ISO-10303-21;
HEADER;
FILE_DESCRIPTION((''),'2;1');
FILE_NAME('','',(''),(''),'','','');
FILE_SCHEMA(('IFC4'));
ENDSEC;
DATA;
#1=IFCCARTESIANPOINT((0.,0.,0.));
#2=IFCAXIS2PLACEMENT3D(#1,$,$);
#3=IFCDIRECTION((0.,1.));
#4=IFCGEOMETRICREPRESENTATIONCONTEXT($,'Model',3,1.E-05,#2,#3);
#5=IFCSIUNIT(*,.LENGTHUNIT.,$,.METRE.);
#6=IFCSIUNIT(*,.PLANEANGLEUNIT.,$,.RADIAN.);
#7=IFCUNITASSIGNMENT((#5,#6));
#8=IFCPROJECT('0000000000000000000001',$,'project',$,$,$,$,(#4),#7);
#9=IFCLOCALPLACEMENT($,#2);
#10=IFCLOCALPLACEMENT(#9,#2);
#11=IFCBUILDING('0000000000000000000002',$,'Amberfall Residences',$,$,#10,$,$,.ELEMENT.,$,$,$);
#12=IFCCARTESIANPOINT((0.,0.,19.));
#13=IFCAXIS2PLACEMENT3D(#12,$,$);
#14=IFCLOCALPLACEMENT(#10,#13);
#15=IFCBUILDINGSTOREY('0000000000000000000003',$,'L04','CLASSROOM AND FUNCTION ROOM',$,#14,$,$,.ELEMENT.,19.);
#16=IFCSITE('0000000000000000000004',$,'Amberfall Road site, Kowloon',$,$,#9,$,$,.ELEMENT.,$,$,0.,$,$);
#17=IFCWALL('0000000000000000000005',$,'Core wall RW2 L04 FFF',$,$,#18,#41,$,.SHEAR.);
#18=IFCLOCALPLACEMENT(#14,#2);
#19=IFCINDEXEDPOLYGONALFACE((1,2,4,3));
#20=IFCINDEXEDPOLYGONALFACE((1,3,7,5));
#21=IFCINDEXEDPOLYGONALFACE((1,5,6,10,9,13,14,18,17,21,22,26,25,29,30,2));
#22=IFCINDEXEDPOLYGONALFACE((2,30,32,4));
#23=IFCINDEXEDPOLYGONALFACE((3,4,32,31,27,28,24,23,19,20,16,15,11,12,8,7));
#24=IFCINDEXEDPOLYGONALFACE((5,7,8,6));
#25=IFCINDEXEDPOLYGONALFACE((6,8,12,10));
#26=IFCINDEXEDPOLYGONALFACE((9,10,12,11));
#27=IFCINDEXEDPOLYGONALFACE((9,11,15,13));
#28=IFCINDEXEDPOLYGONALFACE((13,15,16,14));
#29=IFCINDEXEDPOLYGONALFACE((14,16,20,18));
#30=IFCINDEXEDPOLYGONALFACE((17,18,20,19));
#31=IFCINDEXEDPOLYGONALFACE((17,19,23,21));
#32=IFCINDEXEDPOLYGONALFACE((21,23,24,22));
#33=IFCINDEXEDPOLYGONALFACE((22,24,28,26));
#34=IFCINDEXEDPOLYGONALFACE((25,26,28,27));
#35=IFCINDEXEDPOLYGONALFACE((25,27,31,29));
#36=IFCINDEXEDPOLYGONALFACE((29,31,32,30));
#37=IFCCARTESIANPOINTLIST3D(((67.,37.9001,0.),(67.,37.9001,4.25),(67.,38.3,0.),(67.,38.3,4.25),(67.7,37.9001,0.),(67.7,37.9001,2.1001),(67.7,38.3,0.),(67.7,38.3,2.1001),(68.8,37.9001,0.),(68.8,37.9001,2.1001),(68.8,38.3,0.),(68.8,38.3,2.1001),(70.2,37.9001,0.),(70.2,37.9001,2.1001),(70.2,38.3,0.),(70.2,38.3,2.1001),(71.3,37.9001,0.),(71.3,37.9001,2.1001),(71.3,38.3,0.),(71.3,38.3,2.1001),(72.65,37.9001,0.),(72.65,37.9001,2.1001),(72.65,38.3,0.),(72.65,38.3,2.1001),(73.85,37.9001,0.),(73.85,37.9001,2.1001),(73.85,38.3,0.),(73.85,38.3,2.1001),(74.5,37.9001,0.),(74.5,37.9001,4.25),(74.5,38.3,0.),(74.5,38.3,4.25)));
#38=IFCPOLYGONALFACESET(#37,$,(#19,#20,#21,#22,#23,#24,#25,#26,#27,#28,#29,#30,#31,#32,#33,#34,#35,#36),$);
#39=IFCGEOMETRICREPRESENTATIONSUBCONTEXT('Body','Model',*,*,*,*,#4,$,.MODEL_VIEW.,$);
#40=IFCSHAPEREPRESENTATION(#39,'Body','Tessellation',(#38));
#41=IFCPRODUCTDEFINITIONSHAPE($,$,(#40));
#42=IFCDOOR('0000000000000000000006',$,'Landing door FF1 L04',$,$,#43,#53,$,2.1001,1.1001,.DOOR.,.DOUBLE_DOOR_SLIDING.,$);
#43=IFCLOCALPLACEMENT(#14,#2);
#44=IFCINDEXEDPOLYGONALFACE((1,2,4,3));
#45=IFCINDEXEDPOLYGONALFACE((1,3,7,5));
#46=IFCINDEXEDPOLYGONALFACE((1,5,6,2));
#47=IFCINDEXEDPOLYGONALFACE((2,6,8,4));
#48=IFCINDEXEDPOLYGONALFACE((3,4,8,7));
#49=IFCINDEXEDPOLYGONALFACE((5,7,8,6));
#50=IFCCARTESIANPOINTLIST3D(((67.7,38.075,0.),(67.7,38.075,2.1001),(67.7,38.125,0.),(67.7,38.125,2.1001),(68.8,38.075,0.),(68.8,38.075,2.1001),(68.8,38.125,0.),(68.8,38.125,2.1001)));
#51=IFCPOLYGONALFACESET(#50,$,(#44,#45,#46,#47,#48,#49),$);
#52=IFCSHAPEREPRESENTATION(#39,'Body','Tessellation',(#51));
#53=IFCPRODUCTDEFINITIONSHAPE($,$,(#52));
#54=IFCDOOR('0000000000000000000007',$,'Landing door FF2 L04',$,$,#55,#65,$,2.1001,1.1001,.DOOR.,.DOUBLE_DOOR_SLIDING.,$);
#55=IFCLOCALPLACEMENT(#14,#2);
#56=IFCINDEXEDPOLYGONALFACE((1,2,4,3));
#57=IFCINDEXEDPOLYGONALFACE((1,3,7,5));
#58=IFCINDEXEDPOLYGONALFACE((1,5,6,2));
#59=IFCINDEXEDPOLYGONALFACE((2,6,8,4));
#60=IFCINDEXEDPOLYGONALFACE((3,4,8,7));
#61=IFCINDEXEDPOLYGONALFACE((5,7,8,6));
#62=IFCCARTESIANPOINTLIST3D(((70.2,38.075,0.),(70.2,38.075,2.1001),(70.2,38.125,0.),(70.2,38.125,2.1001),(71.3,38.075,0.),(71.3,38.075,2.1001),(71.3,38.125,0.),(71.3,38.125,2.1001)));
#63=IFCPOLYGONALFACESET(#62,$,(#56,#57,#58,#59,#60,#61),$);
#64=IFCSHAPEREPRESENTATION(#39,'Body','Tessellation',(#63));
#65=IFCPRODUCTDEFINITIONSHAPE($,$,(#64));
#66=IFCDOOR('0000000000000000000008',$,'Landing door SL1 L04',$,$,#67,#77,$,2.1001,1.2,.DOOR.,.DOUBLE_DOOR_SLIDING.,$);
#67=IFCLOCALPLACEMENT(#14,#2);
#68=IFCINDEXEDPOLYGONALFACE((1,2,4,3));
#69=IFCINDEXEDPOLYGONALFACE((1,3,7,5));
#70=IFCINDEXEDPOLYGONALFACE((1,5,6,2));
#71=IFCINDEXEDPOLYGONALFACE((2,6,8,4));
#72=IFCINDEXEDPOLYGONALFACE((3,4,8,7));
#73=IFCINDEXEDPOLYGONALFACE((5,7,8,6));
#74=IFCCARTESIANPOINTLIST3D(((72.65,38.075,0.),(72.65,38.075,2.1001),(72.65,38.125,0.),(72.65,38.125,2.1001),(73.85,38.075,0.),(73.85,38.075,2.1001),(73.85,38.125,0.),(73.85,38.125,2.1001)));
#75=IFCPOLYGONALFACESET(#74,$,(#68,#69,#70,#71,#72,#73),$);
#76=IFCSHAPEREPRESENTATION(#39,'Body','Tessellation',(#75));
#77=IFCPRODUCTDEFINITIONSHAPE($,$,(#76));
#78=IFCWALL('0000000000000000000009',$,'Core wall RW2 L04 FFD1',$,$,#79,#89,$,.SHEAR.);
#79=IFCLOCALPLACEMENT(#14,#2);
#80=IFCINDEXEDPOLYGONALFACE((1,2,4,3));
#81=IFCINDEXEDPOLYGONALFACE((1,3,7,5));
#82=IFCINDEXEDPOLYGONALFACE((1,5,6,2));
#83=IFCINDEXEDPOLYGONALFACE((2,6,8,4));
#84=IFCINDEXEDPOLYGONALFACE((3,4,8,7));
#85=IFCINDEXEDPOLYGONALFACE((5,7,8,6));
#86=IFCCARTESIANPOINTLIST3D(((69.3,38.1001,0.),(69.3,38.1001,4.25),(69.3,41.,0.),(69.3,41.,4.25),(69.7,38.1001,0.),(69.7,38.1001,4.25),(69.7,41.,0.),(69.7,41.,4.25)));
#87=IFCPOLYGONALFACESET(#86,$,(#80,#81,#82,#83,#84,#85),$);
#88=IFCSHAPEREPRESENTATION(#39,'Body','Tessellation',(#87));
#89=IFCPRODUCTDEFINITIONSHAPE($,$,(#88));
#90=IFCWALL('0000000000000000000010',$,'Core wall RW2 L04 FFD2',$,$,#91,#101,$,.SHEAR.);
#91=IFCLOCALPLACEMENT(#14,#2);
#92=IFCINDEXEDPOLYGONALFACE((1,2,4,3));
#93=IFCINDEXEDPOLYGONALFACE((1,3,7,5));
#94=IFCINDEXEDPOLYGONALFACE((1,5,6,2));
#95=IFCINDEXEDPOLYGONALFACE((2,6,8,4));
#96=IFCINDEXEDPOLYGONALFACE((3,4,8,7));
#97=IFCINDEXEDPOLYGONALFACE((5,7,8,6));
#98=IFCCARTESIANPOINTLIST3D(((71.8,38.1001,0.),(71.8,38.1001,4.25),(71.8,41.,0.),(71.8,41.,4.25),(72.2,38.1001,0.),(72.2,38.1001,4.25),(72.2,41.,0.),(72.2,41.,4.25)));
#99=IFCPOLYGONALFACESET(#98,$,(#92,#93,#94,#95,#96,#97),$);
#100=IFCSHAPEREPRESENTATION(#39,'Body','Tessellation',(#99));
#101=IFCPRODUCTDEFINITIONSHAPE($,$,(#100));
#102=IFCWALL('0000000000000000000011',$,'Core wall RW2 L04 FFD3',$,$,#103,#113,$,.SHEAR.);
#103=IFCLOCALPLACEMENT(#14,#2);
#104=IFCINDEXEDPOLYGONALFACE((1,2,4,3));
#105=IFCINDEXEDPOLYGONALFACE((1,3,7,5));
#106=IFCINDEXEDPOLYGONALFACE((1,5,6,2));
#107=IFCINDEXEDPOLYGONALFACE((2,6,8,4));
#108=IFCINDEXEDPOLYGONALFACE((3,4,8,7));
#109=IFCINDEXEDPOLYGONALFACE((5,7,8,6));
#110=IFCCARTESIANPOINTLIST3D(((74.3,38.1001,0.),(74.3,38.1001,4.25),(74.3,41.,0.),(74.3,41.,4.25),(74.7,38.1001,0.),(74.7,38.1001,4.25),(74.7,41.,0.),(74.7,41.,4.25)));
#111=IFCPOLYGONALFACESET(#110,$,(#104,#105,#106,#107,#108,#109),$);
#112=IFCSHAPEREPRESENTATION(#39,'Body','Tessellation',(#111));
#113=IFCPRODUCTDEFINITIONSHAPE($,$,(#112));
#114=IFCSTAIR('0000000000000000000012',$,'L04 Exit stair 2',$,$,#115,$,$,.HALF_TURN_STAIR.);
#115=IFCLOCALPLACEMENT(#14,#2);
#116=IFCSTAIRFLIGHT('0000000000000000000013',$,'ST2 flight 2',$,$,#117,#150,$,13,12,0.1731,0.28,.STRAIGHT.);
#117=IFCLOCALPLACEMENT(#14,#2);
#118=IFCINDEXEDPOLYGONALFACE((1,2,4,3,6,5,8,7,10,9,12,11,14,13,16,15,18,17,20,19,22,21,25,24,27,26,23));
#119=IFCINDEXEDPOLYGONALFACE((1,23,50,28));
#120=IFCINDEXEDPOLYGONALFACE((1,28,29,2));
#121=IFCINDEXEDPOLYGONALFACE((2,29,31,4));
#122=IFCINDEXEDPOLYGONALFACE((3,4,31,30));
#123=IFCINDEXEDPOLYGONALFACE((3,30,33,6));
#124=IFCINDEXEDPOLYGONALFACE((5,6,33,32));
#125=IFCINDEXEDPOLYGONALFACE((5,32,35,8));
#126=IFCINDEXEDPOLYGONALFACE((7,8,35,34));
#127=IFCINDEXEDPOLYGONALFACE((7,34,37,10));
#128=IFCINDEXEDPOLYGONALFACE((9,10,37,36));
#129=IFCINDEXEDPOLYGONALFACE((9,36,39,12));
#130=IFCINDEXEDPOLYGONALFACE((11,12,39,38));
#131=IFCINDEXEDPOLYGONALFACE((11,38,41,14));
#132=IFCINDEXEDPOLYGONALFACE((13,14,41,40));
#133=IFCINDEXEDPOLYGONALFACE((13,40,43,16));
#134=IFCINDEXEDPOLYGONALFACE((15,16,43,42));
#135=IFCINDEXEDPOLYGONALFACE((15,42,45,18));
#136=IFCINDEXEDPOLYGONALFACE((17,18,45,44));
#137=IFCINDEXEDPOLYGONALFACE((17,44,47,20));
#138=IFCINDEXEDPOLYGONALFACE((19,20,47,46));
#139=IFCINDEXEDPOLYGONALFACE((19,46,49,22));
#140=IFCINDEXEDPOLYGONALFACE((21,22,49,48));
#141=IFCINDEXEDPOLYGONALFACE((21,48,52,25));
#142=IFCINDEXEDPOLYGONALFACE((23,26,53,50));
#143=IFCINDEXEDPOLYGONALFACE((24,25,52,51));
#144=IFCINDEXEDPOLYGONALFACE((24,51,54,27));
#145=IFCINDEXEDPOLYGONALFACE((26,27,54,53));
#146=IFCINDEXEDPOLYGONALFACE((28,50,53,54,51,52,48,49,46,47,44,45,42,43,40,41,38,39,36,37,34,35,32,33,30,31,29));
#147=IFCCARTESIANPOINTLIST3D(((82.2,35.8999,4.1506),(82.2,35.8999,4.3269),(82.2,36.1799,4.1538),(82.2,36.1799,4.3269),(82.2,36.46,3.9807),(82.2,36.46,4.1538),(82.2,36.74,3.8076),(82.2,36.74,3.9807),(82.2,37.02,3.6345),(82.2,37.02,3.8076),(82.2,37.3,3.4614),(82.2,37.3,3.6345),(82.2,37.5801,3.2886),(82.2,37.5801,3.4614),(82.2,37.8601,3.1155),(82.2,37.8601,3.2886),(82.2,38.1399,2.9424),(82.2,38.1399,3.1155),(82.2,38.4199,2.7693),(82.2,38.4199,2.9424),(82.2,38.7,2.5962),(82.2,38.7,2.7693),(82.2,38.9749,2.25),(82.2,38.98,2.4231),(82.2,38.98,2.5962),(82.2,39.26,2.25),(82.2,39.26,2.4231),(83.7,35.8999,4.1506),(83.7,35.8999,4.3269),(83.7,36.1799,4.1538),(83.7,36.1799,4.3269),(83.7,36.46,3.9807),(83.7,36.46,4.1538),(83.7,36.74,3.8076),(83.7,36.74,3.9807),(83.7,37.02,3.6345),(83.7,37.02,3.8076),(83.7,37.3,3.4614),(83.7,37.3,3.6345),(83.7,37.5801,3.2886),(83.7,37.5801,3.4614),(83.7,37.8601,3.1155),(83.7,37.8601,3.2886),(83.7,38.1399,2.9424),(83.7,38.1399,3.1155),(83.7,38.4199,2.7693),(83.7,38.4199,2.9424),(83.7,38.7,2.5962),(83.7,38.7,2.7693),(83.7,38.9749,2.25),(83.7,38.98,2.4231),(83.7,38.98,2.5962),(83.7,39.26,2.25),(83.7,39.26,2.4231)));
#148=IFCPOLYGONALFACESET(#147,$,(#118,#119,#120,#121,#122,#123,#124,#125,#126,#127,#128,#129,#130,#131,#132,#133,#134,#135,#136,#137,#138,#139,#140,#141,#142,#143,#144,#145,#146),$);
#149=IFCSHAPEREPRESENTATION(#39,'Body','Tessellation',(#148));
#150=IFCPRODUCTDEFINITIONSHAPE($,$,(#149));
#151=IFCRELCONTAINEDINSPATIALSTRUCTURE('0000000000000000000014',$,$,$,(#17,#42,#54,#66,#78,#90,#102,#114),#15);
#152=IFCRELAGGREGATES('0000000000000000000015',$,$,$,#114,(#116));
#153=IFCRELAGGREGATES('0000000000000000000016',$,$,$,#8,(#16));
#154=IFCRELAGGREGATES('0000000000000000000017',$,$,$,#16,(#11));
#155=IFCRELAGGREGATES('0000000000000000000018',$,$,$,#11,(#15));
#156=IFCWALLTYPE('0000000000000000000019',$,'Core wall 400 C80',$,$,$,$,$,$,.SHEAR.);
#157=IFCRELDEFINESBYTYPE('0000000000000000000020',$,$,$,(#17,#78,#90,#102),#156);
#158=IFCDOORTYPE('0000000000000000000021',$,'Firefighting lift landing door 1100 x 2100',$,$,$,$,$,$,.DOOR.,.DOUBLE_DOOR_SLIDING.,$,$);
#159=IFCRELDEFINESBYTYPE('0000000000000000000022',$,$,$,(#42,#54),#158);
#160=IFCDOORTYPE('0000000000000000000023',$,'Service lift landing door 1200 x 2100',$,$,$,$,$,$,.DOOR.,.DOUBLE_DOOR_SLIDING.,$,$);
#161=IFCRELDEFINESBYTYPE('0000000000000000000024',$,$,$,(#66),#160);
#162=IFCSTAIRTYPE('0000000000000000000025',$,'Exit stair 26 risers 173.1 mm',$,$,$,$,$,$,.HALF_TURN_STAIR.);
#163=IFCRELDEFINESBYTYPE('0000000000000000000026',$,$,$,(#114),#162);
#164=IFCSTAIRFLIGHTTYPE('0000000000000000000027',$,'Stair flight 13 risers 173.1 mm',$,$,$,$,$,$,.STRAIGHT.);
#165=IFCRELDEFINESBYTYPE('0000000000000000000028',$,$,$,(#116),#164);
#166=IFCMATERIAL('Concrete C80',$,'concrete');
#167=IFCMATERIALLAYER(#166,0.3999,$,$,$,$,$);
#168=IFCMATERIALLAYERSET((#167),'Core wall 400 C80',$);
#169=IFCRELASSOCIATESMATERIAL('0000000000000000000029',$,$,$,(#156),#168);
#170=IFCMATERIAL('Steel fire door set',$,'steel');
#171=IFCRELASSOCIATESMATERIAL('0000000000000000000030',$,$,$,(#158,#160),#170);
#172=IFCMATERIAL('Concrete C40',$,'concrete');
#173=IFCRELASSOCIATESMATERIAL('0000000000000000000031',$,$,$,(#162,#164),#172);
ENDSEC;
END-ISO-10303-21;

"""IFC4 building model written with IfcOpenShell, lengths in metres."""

from ifc_helpers import new_model, si_unit, direction, frame, frame_2d, origin, place, context, subcontext, project, spatial, polyline, rectangle, outline, extrude, material, layer, layer_set, type_object, element, fill, aggregate, save


model = new_model("IFC4")

# Units and contexts
model_context = context("Model", 3, precision=1e-05, world=origin(), true_north=direction((0.0, 1.0)))
body_context = subcontext(model_context, "Body", "Model", "MODEL_VIEW")
ifc_project = project(units=[si_unit("LENGTHUNIT", "METRE"), si_unit("PLANEANGLEUNIT", "RADIAN")], contexts=[model_context])

# Site, building, storey
site_placement = place(None, origin())
site = spatial("IfcSite", under=ifc_project, at=site_placement, Name="Amberfall Road site, Kowloon", CompositionType="ELEMENT", RefElevation=0.0)
building_placement = place(site_placement, origin())
building = spatial("IfcBuilding", under=site, at=building_placement, Name="Amberfall Residences", CompositionType="ELEMENT")
storey_placement = place(building_placement, frame((0.0, 0.0, 19.0)))
storey = spatial("IfcBuildingStorey", under=building, at=storey_placement, Name="L04", Description="CLASSROOM AND FUNCTION ROOM", CompositionType="ELEMENT", Elevation=19.0)

# Shared definitions
ifc_material_1 = material(Name="Concrete C80", Category="concrete")
ifc_layer = layer(ifc_material_1, 0.3999)
ifc_layer_set = layer_set([ifc_layer], Name="Core wall 400 C80")
wall_type = type_object("IfcWallType", Name="Core wall 400 C80", PredefinedType="SHEAR", material=ifc_layer_set)

# Wall, openings, doors
wall_placement = place(storey_placement, frame((67.0, 38.1001, 0.0), z_axis=(0.0, 0.0, 1.0), x_axis=(1.0, 0.0, 0.0)))
wall = element("IfcWall", 1, at=wall_placement, inside=storey, type_object=wall_type, Name="Core wall RW2 L04 FFF", PredefinedType="SHEAR", context=body_context, shape_type="SweptSolid", body=[
    extrude(rectangle(XDim=7.5, YDim=0.3999, at=frame_2d((3.75, 0.0))), origin(), (0.0, 0.0, 1.0), 4.25),
])
opening_1_placement = place(wall_placement, frame((0.7, 0.0, 0.0)))
opening_1 = element("IfcOpeningElement", 2, at=opening_1_placement, cuts=wall, PredefinedType="OPENING", context=body_context, shape_type="SweptSolid", body=[
    extrude(rectangle(XDim=1.1001, YDim=2.1001, at=frame_2d((0.55, 1.05))), frame((0.0, 0.21, 0.0), z_axis=(0.0, -1.0, 0.0), x_axis=(1.0, 0.0, 0.0)), (0.0, 0.0, 1.0), 0.4199),
])
opening_2_placement = place(wall_placement, frame((3.2, 0.0, 0.0)))
opening_2 = element("IfcOpeningElement", 3, at=opening_2_placement, cuts=wall, PredefinedType="OPENING", context=body_context, shape_type="SweptSolid", body=[
    extrude(rectangle(XDim=1.1001, YDim=2.1001, at=frame_2d((0.55, 1.05))), frame((0.0, 0.21, 0.0), z_axis=(0.0, -1.0, 0.0), x_axis=(1.0, 0.0, 0.0)), (0.0, 0.0, 1.0), 0.4199),
])
opening_3_placement = place(wall_placement, frame((5.6499, 0.0, 0.0)))
opening_3 = element("IfcOpeningElement", 4, at=opening_3_placement, cuts=wall, PredefinedType="OPENING", context=body_context, shape_type="SweptSolid", body=[
    extrude(rectangle(XDim=1.2, YDim=2.1001, at=frame_2d((0.6001, 1.05))), frame((0.0, 0.21, 0.0), z_axis=(0.0, -1.0, 0.0), x_axis=(1.0, 0.0, 0.0)), (0.0, 0.0, 1.0), 0.4199),
])
ifc_material_2 = material(Name="Steel fire door set", Category="steel")
door_type_1 = type_object("IfcDoorType", Name="Firefighting lift landing door 1100 x 2100", OperationType="DOUBLE_DOOR_SLIDING", PredefinedType="DOOR", material=ifc_material_2)
door_1_placement = place(opening_1_placement, origin())
door_1 = element("IfcDoor", 5, at=door_1_placement, inside=storey, type_object=door_type_1, Name="Landing door FF1 L04", OperationType="DOUBLE_DOOR_SLIDING", OverallHeight=2.1001, OverallWidth=1.1001, PredefinedType="DOOR", context=body_context, shape_type="SweptSolid", body=[
    extrude(rectangle(XDim=1.1001, YDim=2.1001, at=frame_2d((0.55, 1.05))), frame((0.0, 0.0249, 0.0), z_axis=(0.0, -1.0, 0.0), x_axis=(1.0, 0.0, 0.0)), (0.0, 0.0, 1.0), 0.05),
])
fill(opening_1, door_1)
door_2_placement = place(opening_2_placement, origin())
door_2 = element("IfcDoor", 6, at=door_2_placement, inside=storey, type_object=door_type_1, Name="Landing door FF2 L04", OperationType="DOUBLE_DOOR_SLIDING", OverallHeight=2.1001, OverallWidth=1.1001, PredefinedType="DOOR", context=body_context, shape_type="SweptSolid", body=[
    extrude(rectangle(XDim=1.1001, YDim=2.1001, at=frame_2d((0.55, 1.05))), frame((0.0, 0.0249, 0.0), z_axis=(0.0, -1.0, 0.0), x_axis=(1.0, 0.0, 0.0)), (0.0, 0.0, 1.0), 0.05),
])
fill(opening_2, door_2)
door_type_2 = type_object("IfcDoorType", Name="Service lift landing door 1200 x 2100", OperationType="DOUBLE_DOOR_SLIDING", PredefinedType="DOOR", material=ifc_material_2)
door_3_placement = place(opening_3_placement, origin())
door_3 = element("IfcDoor", 7, at=door_3_placement, inside=storey, type_object=door_type_2, Name="Landing door SL1 L04", OperationType="DOUBLE_DOOR_SLIDING", OverallHeight=2.1001, OverallWidth=1.2, PredefinedType="DOOR", context=body_context, shape_type="SweptSolid", body=[
    extrude(rectangle(XDim=1.2, YDim=2.1001, at=frame_2d((0.6001, 1.05))), frame((0.0, 0.0249, 0.0), z_axis=(0.0, -1.0, 0.0), x_axis=(1.0, 0.0, 0.0)), (0.0, 0.0, 1.0), 0.05),
])
fill(opening_3, door_3)

# Walls
for number, where, z_axis, x_axis, name in (
    (8, (69.5, 38.1001, 0.0), (0.0, 0.0, 1.0), (0.0, 1.0, 0.0), "Core wall RW2 L04 FFD1"),
    (9, (72.0, 38.1001, 0.0), (0.0, 0.0, 1.0), (0.0, 1.0, 0.0), "Core wall RW2 L04 FFD2"),
    (10, (74.5, 38.1001, 0.0), (0.0, 0.0, 1.0), (0.0, 1.0, 0.0), "Core wall RW2 L04 FFD3"),
):
    element("IfcWall", number, at=place(storey_placement, frame(where, z_axis=z_axis, x_axis=x_axis)), inside=storey, type_object=wall_type, Name=name, PredefinedType="SHEAR", context=body_context, shape_type="SweptSolid", body=[
        extrude(rectangle(XDim=2.8999, YDim=0.3999, at=frame_2d((1.45, 0.0))), origin(), (0.0, 0.0, 1.0), 4.25),
    ])

# Stair, stair flight
ifc_material_3 = material(Name="Concrete C40", Category="concrete")
stair_type = type_object("IfcStairType", Name="Exit stair 26 risers 173.1 mm", PredefinedType="HALF_TURN_STAIR", material=ifc_material_3)
stair_1_placement = place(storey_placement, origin())
stair_1 = element("IfcStair", 11, at=stair_1_placement, inside=storey, type_object=stair_type, Name="L04 Exit stair 2", PredefinedType="HALF_TURN_STAIR")
stair_flight_type = type_object("IfcStairFlightType", Name="Stair flight 13 risers 173.1 mm", PredefinedType="STRAIGHT", material=ifc_material_3)
stair_flight_1_placement = place(storey_placement, frame((82.95, 39.26, 2.25), z_axis=(0.0, 0.0, 1.0), x_axis=(0.0, -1.0, 0.0)))
stair_flight_1 = element("IfcStairFlight", 12, at=stair_flight_1_placement, type_object=stair_flight_type, Name="ST2 flight 2", NumberOfRisers=13, NumberOfTreads=12, PredefinedType="STRAIGHT", RiserHeight=0.1731, TreadLength=0.28, context=body_context, shape_type="SweptSolid", body=[
    extrude(outline(polyline([(0.0, 0.0), (0.0, 0.1731), (0.28, 0.1731), (0.28, 0.3462), (0.5601, 0.3462), (0.5601, 0.5193), (0.8401, 0.5193), (0.8401, 0.6924), (1.1201, 0.6924), (1.1201, 0.8655), (1.3999, 0.8655), (1.3999, 1.0386), (1.6799, 1.0386), (1.6799, 1.2114), (1.96, 1.2114), (1.96, 1.3845), (2.24, 1.3845), (2.24, 1.5576), (2.52, 1.5576), (2.52, 1.7307), (2.8, 1.7307), (2.8, 1.9038), (3.0801, 1.9038), (3.0801, 2.0769), (3.3601, 2.0769), (3.3601, 2.25), (3.3601, 1.9006), (0.2852, 0.0), (0.0, 0.0)])), frame((0.0, 0.75, 0.0), z_axis=(0.0, -1.0, 0.0), x_axis=(1.0, 0.0, 0.0)), (0.0, 0.0, 1.0), 1.5),
])
aggregate(stair_1, [stair_flight_1])

save(model, "model.ifc")
